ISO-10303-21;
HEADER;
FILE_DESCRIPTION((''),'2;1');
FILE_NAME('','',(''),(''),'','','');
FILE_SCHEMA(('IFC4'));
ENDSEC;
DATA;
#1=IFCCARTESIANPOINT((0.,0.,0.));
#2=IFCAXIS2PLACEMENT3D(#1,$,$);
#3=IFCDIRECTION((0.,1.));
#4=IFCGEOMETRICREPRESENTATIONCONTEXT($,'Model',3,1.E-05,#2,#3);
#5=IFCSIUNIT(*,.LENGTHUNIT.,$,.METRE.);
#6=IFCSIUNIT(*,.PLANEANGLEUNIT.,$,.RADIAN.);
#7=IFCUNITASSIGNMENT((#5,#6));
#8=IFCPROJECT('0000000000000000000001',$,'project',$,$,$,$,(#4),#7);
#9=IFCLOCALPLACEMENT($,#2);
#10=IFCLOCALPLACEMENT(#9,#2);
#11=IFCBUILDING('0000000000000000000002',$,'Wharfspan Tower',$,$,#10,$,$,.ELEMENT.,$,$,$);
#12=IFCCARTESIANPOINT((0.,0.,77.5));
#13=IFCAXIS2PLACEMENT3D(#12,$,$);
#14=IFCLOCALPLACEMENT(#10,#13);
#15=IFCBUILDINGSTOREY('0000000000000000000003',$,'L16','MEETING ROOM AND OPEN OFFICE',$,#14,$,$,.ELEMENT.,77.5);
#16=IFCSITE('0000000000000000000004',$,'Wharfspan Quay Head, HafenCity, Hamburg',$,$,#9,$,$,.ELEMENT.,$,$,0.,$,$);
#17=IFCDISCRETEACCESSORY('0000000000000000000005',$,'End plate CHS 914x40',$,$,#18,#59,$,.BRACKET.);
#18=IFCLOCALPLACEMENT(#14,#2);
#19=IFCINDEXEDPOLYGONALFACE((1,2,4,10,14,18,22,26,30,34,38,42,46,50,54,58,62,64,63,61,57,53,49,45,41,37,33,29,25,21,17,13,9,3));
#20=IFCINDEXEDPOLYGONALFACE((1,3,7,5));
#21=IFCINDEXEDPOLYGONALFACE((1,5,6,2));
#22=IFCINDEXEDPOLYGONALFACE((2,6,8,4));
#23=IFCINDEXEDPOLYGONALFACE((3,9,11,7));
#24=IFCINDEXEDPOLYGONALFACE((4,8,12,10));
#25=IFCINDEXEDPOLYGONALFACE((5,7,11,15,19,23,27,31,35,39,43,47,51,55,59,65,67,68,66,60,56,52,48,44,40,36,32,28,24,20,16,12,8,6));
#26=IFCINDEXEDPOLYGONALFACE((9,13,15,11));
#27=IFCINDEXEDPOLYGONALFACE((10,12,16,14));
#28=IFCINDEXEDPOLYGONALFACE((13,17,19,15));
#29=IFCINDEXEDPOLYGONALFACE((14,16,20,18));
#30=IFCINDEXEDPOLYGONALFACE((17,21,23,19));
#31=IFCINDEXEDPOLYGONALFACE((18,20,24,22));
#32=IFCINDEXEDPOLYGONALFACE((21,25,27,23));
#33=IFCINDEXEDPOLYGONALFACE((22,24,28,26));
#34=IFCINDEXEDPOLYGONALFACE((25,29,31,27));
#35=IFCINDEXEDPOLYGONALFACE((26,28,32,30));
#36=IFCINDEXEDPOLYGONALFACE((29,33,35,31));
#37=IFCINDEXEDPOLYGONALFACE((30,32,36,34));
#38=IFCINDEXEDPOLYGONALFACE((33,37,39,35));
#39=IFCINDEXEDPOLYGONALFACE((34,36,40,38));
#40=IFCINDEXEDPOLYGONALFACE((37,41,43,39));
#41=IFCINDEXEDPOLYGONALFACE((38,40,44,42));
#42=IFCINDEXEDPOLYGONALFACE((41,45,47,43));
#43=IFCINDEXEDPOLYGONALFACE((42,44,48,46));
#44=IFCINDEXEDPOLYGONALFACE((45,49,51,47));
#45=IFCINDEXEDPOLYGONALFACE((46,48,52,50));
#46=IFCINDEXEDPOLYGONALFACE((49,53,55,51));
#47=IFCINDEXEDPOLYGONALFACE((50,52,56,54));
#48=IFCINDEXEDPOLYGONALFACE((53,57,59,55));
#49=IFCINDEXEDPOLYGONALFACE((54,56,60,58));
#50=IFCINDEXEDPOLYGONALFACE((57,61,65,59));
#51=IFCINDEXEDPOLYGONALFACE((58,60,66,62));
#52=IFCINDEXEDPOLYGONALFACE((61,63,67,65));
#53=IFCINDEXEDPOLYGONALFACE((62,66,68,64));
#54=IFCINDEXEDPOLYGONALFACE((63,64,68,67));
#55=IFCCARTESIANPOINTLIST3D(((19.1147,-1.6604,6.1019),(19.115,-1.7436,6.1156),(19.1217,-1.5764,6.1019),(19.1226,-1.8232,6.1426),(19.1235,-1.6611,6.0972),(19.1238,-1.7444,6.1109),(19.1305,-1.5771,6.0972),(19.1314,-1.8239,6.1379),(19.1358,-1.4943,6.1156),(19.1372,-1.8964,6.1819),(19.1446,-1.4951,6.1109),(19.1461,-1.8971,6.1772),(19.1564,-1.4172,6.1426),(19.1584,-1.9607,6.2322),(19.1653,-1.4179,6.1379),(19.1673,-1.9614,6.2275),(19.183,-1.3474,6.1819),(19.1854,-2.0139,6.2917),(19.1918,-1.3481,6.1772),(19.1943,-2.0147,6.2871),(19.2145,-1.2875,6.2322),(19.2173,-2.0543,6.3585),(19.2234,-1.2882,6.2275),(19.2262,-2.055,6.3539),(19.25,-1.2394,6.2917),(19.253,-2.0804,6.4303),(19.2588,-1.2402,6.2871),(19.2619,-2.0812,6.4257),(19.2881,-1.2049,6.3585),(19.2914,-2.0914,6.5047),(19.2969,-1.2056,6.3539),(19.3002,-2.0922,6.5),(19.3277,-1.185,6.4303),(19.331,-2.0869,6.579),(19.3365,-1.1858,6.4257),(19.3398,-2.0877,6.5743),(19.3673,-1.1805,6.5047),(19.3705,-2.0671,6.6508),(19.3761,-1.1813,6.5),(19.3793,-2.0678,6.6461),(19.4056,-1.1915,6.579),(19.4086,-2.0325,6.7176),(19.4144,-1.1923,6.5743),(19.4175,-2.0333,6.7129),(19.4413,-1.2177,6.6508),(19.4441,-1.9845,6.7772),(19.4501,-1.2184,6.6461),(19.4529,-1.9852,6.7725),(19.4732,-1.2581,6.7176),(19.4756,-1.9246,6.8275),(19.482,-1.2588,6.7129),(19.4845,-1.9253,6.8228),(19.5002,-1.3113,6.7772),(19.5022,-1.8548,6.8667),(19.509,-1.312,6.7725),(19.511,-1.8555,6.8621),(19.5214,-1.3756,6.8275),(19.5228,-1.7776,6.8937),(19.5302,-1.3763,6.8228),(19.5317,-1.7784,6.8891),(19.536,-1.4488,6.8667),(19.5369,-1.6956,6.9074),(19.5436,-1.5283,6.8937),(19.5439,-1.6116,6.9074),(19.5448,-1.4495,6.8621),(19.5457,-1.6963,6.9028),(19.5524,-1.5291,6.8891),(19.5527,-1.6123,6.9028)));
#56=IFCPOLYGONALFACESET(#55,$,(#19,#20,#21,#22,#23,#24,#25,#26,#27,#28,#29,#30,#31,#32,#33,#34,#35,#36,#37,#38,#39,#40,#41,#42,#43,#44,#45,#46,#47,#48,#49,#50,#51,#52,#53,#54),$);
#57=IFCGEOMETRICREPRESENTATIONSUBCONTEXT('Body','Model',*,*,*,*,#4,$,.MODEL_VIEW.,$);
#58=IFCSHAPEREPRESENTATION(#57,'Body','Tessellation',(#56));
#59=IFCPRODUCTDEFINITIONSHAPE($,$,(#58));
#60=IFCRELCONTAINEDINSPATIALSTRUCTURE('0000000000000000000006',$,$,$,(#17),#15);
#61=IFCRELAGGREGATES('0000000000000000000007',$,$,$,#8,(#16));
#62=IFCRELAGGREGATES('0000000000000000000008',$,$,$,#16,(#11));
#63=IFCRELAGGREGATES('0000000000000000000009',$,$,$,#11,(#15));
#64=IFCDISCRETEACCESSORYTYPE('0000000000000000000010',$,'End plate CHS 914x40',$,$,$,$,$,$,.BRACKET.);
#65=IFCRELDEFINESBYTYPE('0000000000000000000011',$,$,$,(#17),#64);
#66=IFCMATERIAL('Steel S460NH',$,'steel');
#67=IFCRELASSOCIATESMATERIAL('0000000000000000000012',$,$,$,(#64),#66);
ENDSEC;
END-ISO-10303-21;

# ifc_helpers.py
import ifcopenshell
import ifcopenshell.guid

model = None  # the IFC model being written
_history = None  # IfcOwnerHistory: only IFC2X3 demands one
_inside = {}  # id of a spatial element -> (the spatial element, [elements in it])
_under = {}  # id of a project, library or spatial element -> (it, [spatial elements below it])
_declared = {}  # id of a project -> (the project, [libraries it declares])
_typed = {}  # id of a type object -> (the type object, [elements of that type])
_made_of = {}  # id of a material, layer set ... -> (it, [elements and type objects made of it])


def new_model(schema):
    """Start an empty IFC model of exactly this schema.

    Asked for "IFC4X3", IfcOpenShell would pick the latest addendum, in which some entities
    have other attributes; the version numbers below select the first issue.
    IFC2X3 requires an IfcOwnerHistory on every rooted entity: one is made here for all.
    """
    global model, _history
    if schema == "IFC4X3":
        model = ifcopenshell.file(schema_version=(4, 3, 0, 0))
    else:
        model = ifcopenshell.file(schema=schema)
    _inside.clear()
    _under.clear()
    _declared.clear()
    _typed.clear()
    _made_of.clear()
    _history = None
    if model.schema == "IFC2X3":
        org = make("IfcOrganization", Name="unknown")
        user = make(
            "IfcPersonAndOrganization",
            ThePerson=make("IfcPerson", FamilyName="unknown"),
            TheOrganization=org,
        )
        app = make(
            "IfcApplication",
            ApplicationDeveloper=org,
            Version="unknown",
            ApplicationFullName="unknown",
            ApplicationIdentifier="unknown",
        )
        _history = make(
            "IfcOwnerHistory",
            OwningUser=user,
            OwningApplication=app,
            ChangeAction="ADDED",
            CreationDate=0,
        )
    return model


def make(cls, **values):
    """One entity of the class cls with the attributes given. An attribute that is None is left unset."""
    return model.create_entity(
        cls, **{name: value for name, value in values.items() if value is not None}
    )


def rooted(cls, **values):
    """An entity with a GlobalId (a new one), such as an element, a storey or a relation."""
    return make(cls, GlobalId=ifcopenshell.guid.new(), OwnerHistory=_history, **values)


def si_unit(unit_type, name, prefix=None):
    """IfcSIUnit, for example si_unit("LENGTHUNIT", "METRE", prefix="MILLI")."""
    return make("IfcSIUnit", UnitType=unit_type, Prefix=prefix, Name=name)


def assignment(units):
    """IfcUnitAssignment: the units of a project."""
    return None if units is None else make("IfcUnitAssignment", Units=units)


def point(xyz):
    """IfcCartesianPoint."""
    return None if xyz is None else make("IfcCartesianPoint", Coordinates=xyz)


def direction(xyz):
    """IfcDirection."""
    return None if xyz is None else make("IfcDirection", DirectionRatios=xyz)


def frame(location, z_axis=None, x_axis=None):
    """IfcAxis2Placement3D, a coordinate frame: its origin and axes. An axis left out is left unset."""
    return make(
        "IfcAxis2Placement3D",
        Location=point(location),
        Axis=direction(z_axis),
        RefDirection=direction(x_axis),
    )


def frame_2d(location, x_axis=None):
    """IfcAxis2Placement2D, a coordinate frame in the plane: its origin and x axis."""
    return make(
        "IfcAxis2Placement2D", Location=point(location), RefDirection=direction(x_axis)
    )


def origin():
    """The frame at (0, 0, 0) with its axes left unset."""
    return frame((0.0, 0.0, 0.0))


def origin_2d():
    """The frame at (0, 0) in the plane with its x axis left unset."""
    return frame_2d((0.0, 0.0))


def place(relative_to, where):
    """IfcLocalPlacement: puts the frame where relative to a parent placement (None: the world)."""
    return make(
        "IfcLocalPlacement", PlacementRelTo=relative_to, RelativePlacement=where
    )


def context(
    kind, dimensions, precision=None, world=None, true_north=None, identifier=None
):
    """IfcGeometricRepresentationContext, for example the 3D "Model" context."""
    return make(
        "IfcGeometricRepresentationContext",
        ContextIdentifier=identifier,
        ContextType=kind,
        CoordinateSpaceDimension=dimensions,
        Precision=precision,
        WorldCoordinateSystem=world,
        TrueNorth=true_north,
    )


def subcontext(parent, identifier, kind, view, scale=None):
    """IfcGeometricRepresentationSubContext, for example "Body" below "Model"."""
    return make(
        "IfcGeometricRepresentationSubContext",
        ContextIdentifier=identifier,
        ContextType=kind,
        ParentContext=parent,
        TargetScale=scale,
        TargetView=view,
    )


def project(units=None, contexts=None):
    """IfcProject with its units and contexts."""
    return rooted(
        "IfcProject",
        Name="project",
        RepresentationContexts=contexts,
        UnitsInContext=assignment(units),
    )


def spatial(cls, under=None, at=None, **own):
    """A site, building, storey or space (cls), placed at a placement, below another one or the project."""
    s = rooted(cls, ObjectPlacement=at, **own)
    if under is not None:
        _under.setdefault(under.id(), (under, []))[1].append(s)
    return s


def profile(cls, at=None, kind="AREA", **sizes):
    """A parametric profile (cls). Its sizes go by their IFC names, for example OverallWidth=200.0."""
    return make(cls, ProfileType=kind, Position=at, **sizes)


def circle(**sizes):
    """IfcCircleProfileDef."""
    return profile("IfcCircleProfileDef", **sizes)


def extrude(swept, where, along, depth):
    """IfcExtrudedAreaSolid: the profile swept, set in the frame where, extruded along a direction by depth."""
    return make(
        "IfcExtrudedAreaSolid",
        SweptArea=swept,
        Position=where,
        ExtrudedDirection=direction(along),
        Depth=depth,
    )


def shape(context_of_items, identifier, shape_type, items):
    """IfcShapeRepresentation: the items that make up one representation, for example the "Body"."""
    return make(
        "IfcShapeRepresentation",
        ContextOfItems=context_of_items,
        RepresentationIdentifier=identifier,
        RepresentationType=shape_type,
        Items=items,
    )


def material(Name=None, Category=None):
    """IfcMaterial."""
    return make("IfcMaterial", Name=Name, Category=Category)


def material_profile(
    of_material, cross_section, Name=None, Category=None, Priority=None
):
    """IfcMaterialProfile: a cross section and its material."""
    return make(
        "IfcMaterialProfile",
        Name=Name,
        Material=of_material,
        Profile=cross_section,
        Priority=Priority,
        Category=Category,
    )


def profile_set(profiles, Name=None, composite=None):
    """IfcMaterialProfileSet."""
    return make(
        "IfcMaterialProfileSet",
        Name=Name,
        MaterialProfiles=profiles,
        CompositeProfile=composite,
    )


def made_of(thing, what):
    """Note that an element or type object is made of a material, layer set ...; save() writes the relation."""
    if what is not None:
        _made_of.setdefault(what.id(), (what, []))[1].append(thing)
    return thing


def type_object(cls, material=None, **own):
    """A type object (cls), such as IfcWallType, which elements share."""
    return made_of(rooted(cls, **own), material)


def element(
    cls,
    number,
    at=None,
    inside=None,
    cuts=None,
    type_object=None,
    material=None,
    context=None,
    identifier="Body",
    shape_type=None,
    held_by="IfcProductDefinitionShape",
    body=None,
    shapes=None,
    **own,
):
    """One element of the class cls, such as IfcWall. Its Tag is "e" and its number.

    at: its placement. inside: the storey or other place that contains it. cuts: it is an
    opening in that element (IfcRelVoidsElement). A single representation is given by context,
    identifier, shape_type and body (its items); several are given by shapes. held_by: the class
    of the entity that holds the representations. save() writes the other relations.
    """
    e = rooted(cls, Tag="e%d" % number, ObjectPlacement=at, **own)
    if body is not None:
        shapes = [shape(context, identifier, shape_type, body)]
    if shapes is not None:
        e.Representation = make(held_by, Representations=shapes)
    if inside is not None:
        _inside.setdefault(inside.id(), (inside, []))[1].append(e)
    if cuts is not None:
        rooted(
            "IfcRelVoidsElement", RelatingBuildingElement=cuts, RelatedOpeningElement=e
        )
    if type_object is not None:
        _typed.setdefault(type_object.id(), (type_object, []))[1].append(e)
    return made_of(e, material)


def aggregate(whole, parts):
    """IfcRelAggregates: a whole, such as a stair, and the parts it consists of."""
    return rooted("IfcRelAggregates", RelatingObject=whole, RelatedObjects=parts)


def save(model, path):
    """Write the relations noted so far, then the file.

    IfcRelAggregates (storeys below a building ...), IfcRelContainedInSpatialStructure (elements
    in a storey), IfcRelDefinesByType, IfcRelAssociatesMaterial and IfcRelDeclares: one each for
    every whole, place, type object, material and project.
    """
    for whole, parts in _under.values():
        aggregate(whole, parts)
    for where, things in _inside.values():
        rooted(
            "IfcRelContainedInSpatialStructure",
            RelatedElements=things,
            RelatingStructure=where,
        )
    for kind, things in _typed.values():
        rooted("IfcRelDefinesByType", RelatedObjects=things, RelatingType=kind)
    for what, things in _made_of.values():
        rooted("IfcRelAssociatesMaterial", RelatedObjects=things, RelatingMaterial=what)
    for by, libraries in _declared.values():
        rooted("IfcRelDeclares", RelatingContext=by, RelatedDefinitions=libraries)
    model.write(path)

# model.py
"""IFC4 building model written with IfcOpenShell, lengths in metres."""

from ifc_helpers import new_model, si_unit, direction, frame, origin, origin_2d, place, context, subcontext, project, spatial, circle, extrude, material, material_profile, profile_set, type_object, element, save


model = new_model("IFC4")

# Units and contexts
model_context = context("Model", 3, precision=1e-05, world=origin(), true_north=direction((0.0, 1.0)))
body_context = subcontext(model_context, "Body", "Model", "MODEL_VIEW")
ifc_project = project(units=[si_unit("LENGTHUNIT", "METRE"), si_unit("PLANEANGLEUNIT", "RADIAN")], contexts=[model_context])

# Site, building, storey
site_placement = place(None, origin())
site = spatial("IfcSite", under=ifc_project, at=site_placement, Name="Wharfspan Quay Head, HafenCity, Hamburg", CompositionType="ELEMENT", RefElevation=0.0)
building_placement = place(site_placement, origin())
building = spatial("IfcBuilding", under=site, at=building_placement, Name="Wharfspan Tower", CompositionType="ELEMENT")
storey_placement = place(building_placement, frame((0.0, 0.0, 77.5)))
storey = spatial("IfcBuildingStorey", under=building, at=storey_placement, Name="L16", Description="MEETING ROOM AND OPEN OFFICE", CompositionType="ELEMENT", Elevation=77.5)

# Discrete accessory
ifc_material_1 = material(Name="Steel S460NH", Category="steel")
ifc_material_profile_1 = material_profile(ifc_material_1, circle(Radius=0.457, at=origin_2d()))
ifc_profile_set_1 = profile_set([ifc_material_profile_1], Name="Steel S460NH")
discrete_accessory_type = type_object("IfcDiscreteAccessoryType", Name="End plate CHS 914x40", PredefinedType="BRACKET", material=ifc_profile_set_1)
discrete_accessory_placement = place(storey_placement, frame((19.3381, -1.6367, 6.5), z_axis=(-0.881993, 0.073499, 0.465496), x_axis=(-0.083046, -0.996545, -0.000002)))
element("IfcDiscreteAccessory", 1, at=discrete_accessory_placement, inside=storey, type_object=discrete_accessory_type, Name="End plate CHS 914x40", PredefinedType="BRACKET", context=body_context, shape_type="SweptSolid", body=[
    extrude(circle(Radius=0.457, at=origin_2d()), origin(), (0.0, 0.0, 1.0), 0.01),
])

save(model, "model.ifc")
